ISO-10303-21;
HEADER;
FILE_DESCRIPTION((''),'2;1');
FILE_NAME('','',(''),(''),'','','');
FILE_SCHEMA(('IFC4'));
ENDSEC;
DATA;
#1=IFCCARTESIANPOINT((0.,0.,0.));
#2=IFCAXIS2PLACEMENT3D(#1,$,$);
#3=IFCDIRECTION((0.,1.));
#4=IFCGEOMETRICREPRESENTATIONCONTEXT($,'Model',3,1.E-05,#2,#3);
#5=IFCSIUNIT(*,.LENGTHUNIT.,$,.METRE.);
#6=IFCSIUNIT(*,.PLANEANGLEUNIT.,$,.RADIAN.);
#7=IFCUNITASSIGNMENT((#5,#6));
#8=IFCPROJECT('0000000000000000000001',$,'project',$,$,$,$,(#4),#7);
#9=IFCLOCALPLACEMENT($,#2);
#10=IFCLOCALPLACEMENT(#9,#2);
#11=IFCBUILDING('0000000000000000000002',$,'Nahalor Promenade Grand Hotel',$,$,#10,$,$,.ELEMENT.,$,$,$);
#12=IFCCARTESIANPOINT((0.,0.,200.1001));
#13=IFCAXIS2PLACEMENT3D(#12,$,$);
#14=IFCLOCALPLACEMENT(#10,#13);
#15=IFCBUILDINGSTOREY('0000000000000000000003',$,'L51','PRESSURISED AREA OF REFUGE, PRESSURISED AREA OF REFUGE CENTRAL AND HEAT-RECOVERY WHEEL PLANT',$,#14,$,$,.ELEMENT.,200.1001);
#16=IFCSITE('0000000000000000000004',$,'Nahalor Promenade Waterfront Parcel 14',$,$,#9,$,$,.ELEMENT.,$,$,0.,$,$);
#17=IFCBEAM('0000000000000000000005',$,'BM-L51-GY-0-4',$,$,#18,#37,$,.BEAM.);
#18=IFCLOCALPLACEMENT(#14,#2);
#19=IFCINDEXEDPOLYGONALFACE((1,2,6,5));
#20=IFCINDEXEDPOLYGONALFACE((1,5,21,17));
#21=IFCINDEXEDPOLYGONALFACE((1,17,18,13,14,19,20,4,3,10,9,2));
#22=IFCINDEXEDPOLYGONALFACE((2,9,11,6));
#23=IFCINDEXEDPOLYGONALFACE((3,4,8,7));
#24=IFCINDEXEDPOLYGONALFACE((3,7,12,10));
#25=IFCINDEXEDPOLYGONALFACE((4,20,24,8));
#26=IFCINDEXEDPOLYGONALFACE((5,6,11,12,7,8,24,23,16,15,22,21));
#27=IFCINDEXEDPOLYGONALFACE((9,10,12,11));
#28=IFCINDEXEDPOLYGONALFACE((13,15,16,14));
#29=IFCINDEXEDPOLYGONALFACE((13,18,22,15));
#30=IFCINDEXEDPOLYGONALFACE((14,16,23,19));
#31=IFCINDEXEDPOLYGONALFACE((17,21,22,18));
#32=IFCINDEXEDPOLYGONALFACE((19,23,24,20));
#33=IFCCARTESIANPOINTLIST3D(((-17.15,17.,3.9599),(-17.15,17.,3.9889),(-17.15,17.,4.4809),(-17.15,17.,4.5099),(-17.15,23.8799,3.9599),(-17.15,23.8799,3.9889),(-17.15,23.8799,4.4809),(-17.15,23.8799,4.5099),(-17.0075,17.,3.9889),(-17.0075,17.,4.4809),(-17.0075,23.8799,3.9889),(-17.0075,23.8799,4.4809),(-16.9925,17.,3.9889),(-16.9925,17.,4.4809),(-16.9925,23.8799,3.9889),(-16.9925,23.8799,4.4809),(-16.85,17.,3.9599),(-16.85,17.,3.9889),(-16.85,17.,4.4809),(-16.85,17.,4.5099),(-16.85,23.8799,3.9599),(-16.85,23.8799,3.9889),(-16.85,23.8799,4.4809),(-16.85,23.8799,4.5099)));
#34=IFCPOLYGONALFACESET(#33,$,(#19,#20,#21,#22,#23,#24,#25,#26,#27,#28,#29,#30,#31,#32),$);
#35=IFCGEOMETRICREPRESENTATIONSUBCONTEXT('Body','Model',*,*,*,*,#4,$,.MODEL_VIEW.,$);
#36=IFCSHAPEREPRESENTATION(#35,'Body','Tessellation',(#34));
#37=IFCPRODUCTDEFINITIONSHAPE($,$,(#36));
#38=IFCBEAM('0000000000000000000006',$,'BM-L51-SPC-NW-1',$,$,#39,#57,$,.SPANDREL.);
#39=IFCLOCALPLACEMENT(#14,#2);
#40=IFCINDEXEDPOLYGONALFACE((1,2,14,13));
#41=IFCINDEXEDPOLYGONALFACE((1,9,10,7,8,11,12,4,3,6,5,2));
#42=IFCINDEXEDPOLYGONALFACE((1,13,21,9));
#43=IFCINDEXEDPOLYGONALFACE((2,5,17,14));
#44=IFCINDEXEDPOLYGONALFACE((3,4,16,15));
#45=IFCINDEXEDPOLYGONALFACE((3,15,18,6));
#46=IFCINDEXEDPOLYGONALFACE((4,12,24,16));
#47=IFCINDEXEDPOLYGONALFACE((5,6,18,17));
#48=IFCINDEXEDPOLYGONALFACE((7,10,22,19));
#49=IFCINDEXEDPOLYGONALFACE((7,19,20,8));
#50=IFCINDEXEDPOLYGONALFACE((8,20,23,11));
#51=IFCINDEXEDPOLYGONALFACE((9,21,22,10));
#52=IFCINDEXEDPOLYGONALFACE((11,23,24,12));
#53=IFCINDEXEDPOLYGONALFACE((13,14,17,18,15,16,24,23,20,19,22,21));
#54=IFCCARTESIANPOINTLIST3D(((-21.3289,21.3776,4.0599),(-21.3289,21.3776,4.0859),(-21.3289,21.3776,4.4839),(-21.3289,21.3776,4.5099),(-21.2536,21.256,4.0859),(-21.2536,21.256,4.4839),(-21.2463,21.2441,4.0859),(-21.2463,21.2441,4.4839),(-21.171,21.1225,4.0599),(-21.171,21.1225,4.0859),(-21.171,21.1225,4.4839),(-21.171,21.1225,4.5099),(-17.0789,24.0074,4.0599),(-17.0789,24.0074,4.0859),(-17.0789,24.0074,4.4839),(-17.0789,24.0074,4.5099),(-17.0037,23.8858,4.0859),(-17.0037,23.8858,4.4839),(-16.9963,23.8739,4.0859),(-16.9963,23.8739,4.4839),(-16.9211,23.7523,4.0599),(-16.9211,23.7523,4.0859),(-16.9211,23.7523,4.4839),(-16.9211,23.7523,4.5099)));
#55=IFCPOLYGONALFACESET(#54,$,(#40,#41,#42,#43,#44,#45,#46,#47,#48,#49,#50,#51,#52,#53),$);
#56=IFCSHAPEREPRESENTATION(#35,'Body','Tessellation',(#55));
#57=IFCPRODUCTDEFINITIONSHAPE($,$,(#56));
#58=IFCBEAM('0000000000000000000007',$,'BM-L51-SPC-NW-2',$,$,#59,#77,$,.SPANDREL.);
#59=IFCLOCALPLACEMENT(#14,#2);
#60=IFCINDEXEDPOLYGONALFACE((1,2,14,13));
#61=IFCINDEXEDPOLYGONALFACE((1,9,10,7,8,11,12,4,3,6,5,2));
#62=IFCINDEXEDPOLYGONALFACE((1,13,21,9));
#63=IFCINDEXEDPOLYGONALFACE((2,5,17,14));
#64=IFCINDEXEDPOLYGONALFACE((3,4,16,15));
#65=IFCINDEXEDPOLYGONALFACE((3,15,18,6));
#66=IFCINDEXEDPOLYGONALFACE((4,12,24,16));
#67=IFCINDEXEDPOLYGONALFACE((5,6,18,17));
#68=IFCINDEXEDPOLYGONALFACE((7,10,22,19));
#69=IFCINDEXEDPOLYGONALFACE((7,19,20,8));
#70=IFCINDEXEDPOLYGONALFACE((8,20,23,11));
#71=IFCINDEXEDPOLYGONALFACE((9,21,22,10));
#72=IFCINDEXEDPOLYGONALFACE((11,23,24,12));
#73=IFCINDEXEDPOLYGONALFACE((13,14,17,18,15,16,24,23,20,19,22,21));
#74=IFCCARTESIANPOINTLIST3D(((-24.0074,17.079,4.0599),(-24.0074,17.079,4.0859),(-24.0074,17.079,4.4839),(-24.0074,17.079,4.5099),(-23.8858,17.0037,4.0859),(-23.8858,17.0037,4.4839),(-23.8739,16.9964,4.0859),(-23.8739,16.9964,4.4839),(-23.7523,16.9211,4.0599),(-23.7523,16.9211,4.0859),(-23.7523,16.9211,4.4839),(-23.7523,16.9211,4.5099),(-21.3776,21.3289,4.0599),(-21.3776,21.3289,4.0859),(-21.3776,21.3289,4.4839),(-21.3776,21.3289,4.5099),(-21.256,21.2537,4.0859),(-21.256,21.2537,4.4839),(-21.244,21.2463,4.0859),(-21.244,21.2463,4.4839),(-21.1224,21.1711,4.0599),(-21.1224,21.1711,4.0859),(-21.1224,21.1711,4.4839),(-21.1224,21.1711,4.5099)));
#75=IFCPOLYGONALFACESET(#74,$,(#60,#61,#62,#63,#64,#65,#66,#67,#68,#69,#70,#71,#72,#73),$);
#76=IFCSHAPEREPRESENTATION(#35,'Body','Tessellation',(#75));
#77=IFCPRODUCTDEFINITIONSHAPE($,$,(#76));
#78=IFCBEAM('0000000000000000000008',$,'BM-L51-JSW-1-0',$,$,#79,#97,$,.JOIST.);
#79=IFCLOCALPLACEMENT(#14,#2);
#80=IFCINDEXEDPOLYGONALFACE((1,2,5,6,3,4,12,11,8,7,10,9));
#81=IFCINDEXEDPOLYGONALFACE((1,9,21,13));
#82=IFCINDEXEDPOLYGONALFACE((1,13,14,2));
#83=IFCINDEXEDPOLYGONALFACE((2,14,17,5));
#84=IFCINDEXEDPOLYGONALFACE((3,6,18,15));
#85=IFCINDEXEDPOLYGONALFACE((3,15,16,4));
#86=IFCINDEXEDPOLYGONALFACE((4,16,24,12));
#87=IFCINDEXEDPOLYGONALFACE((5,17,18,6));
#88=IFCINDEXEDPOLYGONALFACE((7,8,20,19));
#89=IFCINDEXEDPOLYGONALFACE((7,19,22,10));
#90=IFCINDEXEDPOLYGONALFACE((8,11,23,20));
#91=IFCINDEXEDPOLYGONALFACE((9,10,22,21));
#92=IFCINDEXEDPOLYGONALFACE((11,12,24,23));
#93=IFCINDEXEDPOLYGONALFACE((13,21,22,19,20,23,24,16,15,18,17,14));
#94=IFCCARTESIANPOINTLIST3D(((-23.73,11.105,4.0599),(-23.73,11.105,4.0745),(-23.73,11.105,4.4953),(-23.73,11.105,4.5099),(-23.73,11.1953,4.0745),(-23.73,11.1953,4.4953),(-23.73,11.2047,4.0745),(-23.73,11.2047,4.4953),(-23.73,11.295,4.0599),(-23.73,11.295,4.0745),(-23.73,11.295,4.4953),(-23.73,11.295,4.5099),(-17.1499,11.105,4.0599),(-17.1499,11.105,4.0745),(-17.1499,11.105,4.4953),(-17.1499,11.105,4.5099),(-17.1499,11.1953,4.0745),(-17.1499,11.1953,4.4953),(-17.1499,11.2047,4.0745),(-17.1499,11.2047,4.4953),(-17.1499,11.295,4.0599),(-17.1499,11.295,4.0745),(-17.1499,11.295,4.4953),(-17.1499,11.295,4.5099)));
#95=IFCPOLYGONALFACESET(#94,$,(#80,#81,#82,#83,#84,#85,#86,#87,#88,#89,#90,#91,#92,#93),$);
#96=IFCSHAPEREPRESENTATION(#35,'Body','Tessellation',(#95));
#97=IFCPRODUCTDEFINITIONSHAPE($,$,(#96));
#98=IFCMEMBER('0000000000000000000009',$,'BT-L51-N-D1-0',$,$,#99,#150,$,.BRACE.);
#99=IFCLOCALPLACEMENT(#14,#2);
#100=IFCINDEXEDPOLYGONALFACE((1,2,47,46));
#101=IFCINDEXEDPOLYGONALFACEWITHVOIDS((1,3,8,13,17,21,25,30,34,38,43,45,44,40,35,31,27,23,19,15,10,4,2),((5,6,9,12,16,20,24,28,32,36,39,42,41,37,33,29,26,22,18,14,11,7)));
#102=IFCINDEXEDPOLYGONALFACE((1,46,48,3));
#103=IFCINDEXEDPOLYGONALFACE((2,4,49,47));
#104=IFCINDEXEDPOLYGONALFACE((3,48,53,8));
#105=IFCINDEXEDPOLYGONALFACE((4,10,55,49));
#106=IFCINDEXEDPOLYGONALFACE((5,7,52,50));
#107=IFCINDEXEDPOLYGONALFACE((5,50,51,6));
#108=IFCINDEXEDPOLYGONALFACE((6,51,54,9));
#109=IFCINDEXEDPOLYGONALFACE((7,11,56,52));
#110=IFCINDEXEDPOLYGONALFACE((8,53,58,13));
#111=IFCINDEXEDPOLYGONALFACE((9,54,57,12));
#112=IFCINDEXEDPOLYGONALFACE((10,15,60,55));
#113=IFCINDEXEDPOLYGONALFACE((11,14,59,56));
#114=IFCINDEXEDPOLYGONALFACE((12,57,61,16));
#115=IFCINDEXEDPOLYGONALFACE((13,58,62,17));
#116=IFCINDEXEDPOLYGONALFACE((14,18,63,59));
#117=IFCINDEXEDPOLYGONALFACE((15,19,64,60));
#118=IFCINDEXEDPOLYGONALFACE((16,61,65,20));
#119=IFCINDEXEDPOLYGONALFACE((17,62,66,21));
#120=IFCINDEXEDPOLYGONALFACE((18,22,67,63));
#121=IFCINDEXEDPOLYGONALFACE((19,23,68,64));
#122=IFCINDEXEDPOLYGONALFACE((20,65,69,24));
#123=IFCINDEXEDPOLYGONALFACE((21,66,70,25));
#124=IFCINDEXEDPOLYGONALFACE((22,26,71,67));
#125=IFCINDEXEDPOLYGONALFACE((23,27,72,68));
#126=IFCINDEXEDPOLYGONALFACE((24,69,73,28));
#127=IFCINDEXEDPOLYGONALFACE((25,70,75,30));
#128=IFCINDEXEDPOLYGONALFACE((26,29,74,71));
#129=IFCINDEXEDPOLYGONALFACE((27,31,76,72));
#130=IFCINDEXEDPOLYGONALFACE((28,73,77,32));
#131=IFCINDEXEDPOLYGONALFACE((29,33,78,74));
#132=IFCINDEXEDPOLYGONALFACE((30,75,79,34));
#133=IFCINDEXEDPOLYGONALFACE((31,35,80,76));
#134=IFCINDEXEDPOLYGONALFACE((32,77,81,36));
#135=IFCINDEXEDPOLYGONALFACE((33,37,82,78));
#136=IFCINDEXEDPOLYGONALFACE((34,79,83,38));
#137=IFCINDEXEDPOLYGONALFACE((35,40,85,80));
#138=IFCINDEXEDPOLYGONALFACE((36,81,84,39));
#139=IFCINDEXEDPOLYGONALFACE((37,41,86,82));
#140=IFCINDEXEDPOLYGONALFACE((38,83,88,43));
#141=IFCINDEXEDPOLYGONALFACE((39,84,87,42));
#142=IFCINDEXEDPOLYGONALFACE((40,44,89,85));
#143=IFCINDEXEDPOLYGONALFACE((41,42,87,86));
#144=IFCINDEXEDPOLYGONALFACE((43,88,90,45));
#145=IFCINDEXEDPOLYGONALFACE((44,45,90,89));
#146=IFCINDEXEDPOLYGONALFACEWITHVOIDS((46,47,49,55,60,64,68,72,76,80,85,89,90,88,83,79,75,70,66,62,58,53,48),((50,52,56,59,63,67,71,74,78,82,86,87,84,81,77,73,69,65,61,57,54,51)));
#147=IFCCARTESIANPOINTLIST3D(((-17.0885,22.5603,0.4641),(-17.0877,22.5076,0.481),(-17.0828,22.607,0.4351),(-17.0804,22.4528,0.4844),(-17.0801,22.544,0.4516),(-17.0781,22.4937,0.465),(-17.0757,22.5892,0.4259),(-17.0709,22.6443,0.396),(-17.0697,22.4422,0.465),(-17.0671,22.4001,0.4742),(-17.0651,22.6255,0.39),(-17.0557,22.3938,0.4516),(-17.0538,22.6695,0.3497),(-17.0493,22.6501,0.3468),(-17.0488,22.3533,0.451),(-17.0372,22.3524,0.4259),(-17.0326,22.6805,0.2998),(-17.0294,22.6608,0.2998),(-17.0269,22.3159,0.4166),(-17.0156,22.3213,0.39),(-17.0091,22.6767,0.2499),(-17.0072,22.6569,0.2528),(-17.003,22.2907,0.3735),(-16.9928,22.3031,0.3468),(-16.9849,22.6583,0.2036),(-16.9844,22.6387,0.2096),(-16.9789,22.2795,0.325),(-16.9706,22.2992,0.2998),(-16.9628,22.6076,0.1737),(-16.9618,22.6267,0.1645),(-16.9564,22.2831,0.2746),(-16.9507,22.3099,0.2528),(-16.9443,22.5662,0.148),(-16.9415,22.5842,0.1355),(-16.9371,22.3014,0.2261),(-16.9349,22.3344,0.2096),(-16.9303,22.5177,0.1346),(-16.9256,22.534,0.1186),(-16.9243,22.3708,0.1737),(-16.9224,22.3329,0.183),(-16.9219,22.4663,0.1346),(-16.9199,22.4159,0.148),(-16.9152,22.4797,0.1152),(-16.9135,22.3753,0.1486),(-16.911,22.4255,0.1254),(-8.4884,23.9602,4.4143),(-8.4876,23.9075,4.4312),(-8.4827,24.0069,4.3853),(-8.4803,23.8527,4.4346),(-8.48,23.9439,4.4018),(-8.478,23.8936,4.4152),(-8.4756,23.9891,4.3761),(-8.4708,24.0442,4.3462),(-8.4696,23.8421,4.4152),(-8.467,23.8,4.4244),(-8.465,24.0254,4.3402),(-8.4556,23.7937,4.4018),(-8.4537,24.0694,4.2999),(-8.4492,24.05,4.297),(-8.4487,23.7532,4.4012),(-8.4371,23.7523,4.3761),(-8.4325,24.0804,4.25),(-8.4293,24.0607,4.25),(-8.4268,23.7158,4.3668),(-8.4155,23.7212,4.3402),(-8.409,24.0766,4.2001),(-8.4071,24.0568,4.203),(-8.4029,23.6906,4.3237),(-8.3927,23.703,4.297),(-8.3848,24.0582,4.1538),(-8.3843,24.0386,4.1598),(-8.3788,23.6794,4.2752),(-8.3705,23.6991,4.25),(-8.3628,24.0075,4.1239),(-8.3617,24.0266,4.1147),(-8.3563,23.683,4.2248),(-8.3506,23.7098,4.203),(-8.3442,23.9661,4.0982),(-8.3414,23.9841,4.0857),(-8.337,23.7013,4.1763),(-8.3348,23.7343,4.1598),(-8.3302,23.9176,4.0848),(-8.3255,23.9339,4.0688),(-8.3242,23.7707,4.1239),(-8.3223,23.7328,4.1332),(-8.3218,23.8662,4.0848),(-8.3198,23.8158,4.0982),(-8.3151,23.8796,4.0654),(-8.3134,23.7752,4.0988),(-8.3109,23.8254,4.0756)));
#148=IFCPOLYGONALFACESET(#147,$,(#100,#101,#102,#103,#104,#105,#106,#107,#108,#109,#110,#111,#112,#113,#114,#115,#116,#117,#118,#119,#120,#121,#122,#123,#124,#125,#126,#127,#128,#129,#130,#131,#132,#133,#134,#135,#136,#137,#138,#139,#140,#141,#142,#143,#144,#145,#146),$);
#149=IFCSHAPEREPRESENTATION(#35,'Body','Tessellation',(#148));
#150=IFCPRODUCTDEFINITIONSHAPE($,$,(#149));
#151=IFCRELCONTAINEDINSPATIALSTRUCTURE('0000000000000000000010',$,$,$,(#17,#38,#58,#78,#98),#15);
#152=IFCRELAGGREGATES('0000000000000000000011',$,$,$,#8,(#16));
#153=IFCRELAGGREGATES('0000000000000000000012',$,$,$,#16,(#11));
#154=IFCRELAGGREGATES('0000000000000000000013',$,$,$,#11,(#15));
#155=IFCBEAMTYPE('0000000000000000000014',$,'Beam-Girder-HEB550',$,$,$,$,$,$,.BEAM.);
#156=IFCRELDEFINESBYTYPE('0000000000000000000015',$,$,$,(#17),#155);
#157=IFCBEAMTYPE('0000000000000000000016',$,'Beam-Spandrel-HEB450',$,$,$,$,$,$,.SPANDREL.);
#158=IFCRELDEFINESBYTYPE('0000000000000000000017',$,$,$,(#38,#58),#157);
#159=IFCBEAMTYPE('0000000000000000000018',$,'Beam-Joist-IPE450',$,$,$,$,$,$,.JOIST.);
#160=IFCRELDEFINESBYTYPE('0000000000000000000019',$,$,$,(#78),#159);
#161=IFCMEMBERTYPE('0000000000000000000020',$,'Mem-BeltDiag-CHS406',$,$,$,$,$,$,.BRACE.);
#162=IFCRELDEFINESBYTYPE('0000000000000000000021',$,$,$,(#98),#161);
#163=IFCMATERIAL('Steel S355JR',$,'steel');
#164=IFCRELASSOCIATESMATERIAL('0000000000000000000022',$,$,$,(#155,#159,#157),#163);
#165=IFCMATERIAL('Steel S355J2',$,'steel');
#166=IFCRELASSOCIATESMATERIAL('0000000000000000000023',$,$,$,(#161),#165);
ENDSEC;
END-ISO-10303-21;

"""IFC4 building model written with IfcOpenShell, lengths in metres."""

from ifc_helpers import new_model, si_unit, direction, frame, origin, origin_2d, place, context, subcontext, project, spatial, hollow_circle, i_section, extrude, source, transform, mapped, material, material_profile, profile_set, type_object, element, save


model = new_model("IFC4")

# Units and contexts
model_context = context("Model", 3, precision=1e-05, world=origin(), true_north=direction((0.0, 1.0)))
body_context = subcontext(model_context, "Body", "Model", "MODEL_VIEW")
ifc_project = project(units=[si_unit("LENGTHUNIT", "METRE"), si_unit("PLANEANGLEUNIT", "RADIAN")], contexts=[model_context])

# Site, building, storey
site_placement = place(None, origin())
site = spatial("IfcSite", under=ifc_project, at=site_placement, Name="Nahalor Promenade Waterfront Parcel 14", CompositionType="ELEMENT", RefElevation=0.0)
building_placement = place(site_placement, origin())
building = spatial("IfcBuilding", under=site, at=building_placement, Name="Nahalor Promenade Grand Hotel", CompositionType="ELEMENT")
storey_placement = place(building_placement, frame((0.0, 0.0, 200.1001)))
storey = spatial("IfcBuildingStorey", under=building, at=storey_placement, Name="L51", Description="PRESSURISED AREA OF REFUGE, PRESSURISED AREA OF REFUGE CENTRAL AND HEAT-RECOVERY WHEEL PLANT", CompositionType="ELEMENT", Elevation=200.1001)

# Shared definitions
ifc_material_1 = material(Name="Steel S355J2", Category="steel")

# Beams
ifc_material_2 = material(Name="Steel S355JR", Category="steel")
ifc_material_profile_1 = material_profile(ifc_material_2, i_section(OverallWidth=0.3, OverallDepth=0.55, WebThickness=0.015, FlangeThickness=0.029, at=origin_2d()), Name="HEB 550")
ifc_profile_set_1 = profile_set([ifc_material_profile_1], Name="Steel S355JR")
beam_type_1 = type_object("IfcBeamType", Name="Beam-Girder-HEB550", PredefinedType="BEAM", material=ifc_profile_set_1)
ifc_material_profile_2 = material_profile(ifc_material_2, i_section(OverallWidth=0.19, OverallDepth=0.45, WebThickness=0.0094, FlangeThickness=0.0146, at=origin_2d()), Name="IPE 450")
ifc_profile_set_2 = profile_set([ifc_material_profile_2], Name="Steel S355JR")
beam_type_2 = type_object("IfcBeamType", Name="Beam-Joist-IPE450", PredefinedType="JOIST", material=ifc_profile_set_2)
ifc_material_profile_3 = material_profile(ifc_material_2, i_section(OverallWidth=0.3, OverallDepth=0.45, WebThickness=0.014, FlangeThickness=0.026, at=origin_2d()), Name="HEB 450")
ifc_profile_set_3 = profile_set([ifc_material_profile_3], Name="Steel S355JR")
beam_type_3 = type_object("IfcBeamType", Name="Beam-Spandrel-HEB450", PredefinedType="SPANDREL", material=ifc_profile_set_3)
shared_shape_1 = source(origin(), body_context, "Body", "SweptSolid", [
    extrude(i_section(OverallWidth=0.3, OverallDepth=0.55, WebThickness=0.015, FlangeThickness=0.029, at=origin_2d()), origin(), (0.0, 0.0, 1.0), 6.8799),
])
for number, where, z_axis, x_axis, name in (
    (1, (-17.0, 17.0, 4.2349), (0.0, 1.0, 0.0), (-1.0, 0.0, 0.0), "BM-L51-GY-0-4"),
):
    element("IfcBeam", number, at=place(storey_placement, frame(where, z_axis=z_axis, x_axis=x_axis)), inside=storey, type_object=beam_type_1, Name=name, PredefinedType="BEAM", context=body_context, shape_type="MappedRepresentation", body=[
        mapped(shared_shape_1, transform((0.0, 0.0, 0.0), scale=1.0)),
    ])
shared_shape_2 = source(origin(), body_context, "Body", "SweptSolid", [
    extrude(i_section(OverallWidth=0.3, OverallDepth=0.45, WebThickness=0.014, FlangeThickness=0.026, at=origin_2d()), origin(), (0.0, 0.0, 1.0), 4.9978),
])
for number, where, z_axis, x_axis, name in (
    (2, (-17.0, 23.8799, 4.2849), (-0.850361, -0.5262, 0.0), (0.5262, -0.850361, 0.0), "BM-L51-SPC-NW-1"),
    (3, (-21.25, 21.25, 4.2849), (-0.5262, -0.850361, 0.0), (0.850361, -0.5262, 0.0), "BM-L51-SPC-NW-2"),
):
    element("IfcBeam", number, at=place(storey_placement, frame(where, z_axis=z_axis, x_axis=x_axis)), inside=storey, type_object=beam_type_3, Name=name, PredefinedType="SPANDREL", context=body_context, shape_type="MappedRepresentation", body=[
        mapped(shared_shape_2, transform((0.0, 0.0, 0.0), scale=1.0)),
    ])
shared_shape_3 = source(origin(), body_context, "Body", "SweptSolid", [
    extrude(i_section(OverallWidth=0.19, OverallDepth=0.45, WebThickness=0.0094, FlangeThickness=0.0146, at=origin_2d()), origin(), (0.0, 0.0, 1.0), 6.5801),
])
beam_1_placement = place(storey_placement, frame((-23.73, 11.2, 4.2849), z_axis=(1.0, 0.0, 0.0), x_axis=(0.0, 1.0, 0.0)))
element("IfcBeam", 4, at=beam_1_placement, inside=storey, type_object=beam_type_2, Name="BM-L51-JSW-1-0", PredefinedType="JOIST", context=body_context, shape_type="MappedRepresentation", body=[
    mapped(shared_shape_3, transform((0.0, 0.0, 0.0), scale=1.0)),
])

# Member
ifc_material_profile_4 = material_profile(ifc_material_1, hollow_circle(Radius=0.2032, WallThickness=0.02, at=origin_2d()), Name="CHS 406.4x20")
ifc_profile_set_4 = profile_set([ifc_material_profile_4], Name="Steel S355J2")
member_type = type_object("IfcMemberType", Name="Mem-BeltDiag-CHS406", PredefinedType="BRACE", material=ifc_profile_set_4)
shared_shape_4 = source(origin(), body_context, "Body", "SweptSolid", [
    extrude(hollow_circle(Radius=0.2032, WallThickness=0.02, at=origin_2d()), origin(), (0.0, 0.0, 1.0), 9.5669),
])
member_1_placement = place(storey_placement, frame((-17.0, 22.48, 0.2998), z_axis=(0.898944, 0.146328, 0.412903), x_axis=(-0.160663, 0.987009, 0.0)))
element("IfcMember", 5, at=member_1_placement, inside=storey, type_object=member_type, Name="BT-L51-N-D1-0", PredefinedType="BRACE", context=body_context, shape_type="MappedRepresentation", body=[
    mapped(shared_shape_4, transform((0.0, 0.0, 0.0), scale=1.0)),
])

save(model, "model.ifc")
